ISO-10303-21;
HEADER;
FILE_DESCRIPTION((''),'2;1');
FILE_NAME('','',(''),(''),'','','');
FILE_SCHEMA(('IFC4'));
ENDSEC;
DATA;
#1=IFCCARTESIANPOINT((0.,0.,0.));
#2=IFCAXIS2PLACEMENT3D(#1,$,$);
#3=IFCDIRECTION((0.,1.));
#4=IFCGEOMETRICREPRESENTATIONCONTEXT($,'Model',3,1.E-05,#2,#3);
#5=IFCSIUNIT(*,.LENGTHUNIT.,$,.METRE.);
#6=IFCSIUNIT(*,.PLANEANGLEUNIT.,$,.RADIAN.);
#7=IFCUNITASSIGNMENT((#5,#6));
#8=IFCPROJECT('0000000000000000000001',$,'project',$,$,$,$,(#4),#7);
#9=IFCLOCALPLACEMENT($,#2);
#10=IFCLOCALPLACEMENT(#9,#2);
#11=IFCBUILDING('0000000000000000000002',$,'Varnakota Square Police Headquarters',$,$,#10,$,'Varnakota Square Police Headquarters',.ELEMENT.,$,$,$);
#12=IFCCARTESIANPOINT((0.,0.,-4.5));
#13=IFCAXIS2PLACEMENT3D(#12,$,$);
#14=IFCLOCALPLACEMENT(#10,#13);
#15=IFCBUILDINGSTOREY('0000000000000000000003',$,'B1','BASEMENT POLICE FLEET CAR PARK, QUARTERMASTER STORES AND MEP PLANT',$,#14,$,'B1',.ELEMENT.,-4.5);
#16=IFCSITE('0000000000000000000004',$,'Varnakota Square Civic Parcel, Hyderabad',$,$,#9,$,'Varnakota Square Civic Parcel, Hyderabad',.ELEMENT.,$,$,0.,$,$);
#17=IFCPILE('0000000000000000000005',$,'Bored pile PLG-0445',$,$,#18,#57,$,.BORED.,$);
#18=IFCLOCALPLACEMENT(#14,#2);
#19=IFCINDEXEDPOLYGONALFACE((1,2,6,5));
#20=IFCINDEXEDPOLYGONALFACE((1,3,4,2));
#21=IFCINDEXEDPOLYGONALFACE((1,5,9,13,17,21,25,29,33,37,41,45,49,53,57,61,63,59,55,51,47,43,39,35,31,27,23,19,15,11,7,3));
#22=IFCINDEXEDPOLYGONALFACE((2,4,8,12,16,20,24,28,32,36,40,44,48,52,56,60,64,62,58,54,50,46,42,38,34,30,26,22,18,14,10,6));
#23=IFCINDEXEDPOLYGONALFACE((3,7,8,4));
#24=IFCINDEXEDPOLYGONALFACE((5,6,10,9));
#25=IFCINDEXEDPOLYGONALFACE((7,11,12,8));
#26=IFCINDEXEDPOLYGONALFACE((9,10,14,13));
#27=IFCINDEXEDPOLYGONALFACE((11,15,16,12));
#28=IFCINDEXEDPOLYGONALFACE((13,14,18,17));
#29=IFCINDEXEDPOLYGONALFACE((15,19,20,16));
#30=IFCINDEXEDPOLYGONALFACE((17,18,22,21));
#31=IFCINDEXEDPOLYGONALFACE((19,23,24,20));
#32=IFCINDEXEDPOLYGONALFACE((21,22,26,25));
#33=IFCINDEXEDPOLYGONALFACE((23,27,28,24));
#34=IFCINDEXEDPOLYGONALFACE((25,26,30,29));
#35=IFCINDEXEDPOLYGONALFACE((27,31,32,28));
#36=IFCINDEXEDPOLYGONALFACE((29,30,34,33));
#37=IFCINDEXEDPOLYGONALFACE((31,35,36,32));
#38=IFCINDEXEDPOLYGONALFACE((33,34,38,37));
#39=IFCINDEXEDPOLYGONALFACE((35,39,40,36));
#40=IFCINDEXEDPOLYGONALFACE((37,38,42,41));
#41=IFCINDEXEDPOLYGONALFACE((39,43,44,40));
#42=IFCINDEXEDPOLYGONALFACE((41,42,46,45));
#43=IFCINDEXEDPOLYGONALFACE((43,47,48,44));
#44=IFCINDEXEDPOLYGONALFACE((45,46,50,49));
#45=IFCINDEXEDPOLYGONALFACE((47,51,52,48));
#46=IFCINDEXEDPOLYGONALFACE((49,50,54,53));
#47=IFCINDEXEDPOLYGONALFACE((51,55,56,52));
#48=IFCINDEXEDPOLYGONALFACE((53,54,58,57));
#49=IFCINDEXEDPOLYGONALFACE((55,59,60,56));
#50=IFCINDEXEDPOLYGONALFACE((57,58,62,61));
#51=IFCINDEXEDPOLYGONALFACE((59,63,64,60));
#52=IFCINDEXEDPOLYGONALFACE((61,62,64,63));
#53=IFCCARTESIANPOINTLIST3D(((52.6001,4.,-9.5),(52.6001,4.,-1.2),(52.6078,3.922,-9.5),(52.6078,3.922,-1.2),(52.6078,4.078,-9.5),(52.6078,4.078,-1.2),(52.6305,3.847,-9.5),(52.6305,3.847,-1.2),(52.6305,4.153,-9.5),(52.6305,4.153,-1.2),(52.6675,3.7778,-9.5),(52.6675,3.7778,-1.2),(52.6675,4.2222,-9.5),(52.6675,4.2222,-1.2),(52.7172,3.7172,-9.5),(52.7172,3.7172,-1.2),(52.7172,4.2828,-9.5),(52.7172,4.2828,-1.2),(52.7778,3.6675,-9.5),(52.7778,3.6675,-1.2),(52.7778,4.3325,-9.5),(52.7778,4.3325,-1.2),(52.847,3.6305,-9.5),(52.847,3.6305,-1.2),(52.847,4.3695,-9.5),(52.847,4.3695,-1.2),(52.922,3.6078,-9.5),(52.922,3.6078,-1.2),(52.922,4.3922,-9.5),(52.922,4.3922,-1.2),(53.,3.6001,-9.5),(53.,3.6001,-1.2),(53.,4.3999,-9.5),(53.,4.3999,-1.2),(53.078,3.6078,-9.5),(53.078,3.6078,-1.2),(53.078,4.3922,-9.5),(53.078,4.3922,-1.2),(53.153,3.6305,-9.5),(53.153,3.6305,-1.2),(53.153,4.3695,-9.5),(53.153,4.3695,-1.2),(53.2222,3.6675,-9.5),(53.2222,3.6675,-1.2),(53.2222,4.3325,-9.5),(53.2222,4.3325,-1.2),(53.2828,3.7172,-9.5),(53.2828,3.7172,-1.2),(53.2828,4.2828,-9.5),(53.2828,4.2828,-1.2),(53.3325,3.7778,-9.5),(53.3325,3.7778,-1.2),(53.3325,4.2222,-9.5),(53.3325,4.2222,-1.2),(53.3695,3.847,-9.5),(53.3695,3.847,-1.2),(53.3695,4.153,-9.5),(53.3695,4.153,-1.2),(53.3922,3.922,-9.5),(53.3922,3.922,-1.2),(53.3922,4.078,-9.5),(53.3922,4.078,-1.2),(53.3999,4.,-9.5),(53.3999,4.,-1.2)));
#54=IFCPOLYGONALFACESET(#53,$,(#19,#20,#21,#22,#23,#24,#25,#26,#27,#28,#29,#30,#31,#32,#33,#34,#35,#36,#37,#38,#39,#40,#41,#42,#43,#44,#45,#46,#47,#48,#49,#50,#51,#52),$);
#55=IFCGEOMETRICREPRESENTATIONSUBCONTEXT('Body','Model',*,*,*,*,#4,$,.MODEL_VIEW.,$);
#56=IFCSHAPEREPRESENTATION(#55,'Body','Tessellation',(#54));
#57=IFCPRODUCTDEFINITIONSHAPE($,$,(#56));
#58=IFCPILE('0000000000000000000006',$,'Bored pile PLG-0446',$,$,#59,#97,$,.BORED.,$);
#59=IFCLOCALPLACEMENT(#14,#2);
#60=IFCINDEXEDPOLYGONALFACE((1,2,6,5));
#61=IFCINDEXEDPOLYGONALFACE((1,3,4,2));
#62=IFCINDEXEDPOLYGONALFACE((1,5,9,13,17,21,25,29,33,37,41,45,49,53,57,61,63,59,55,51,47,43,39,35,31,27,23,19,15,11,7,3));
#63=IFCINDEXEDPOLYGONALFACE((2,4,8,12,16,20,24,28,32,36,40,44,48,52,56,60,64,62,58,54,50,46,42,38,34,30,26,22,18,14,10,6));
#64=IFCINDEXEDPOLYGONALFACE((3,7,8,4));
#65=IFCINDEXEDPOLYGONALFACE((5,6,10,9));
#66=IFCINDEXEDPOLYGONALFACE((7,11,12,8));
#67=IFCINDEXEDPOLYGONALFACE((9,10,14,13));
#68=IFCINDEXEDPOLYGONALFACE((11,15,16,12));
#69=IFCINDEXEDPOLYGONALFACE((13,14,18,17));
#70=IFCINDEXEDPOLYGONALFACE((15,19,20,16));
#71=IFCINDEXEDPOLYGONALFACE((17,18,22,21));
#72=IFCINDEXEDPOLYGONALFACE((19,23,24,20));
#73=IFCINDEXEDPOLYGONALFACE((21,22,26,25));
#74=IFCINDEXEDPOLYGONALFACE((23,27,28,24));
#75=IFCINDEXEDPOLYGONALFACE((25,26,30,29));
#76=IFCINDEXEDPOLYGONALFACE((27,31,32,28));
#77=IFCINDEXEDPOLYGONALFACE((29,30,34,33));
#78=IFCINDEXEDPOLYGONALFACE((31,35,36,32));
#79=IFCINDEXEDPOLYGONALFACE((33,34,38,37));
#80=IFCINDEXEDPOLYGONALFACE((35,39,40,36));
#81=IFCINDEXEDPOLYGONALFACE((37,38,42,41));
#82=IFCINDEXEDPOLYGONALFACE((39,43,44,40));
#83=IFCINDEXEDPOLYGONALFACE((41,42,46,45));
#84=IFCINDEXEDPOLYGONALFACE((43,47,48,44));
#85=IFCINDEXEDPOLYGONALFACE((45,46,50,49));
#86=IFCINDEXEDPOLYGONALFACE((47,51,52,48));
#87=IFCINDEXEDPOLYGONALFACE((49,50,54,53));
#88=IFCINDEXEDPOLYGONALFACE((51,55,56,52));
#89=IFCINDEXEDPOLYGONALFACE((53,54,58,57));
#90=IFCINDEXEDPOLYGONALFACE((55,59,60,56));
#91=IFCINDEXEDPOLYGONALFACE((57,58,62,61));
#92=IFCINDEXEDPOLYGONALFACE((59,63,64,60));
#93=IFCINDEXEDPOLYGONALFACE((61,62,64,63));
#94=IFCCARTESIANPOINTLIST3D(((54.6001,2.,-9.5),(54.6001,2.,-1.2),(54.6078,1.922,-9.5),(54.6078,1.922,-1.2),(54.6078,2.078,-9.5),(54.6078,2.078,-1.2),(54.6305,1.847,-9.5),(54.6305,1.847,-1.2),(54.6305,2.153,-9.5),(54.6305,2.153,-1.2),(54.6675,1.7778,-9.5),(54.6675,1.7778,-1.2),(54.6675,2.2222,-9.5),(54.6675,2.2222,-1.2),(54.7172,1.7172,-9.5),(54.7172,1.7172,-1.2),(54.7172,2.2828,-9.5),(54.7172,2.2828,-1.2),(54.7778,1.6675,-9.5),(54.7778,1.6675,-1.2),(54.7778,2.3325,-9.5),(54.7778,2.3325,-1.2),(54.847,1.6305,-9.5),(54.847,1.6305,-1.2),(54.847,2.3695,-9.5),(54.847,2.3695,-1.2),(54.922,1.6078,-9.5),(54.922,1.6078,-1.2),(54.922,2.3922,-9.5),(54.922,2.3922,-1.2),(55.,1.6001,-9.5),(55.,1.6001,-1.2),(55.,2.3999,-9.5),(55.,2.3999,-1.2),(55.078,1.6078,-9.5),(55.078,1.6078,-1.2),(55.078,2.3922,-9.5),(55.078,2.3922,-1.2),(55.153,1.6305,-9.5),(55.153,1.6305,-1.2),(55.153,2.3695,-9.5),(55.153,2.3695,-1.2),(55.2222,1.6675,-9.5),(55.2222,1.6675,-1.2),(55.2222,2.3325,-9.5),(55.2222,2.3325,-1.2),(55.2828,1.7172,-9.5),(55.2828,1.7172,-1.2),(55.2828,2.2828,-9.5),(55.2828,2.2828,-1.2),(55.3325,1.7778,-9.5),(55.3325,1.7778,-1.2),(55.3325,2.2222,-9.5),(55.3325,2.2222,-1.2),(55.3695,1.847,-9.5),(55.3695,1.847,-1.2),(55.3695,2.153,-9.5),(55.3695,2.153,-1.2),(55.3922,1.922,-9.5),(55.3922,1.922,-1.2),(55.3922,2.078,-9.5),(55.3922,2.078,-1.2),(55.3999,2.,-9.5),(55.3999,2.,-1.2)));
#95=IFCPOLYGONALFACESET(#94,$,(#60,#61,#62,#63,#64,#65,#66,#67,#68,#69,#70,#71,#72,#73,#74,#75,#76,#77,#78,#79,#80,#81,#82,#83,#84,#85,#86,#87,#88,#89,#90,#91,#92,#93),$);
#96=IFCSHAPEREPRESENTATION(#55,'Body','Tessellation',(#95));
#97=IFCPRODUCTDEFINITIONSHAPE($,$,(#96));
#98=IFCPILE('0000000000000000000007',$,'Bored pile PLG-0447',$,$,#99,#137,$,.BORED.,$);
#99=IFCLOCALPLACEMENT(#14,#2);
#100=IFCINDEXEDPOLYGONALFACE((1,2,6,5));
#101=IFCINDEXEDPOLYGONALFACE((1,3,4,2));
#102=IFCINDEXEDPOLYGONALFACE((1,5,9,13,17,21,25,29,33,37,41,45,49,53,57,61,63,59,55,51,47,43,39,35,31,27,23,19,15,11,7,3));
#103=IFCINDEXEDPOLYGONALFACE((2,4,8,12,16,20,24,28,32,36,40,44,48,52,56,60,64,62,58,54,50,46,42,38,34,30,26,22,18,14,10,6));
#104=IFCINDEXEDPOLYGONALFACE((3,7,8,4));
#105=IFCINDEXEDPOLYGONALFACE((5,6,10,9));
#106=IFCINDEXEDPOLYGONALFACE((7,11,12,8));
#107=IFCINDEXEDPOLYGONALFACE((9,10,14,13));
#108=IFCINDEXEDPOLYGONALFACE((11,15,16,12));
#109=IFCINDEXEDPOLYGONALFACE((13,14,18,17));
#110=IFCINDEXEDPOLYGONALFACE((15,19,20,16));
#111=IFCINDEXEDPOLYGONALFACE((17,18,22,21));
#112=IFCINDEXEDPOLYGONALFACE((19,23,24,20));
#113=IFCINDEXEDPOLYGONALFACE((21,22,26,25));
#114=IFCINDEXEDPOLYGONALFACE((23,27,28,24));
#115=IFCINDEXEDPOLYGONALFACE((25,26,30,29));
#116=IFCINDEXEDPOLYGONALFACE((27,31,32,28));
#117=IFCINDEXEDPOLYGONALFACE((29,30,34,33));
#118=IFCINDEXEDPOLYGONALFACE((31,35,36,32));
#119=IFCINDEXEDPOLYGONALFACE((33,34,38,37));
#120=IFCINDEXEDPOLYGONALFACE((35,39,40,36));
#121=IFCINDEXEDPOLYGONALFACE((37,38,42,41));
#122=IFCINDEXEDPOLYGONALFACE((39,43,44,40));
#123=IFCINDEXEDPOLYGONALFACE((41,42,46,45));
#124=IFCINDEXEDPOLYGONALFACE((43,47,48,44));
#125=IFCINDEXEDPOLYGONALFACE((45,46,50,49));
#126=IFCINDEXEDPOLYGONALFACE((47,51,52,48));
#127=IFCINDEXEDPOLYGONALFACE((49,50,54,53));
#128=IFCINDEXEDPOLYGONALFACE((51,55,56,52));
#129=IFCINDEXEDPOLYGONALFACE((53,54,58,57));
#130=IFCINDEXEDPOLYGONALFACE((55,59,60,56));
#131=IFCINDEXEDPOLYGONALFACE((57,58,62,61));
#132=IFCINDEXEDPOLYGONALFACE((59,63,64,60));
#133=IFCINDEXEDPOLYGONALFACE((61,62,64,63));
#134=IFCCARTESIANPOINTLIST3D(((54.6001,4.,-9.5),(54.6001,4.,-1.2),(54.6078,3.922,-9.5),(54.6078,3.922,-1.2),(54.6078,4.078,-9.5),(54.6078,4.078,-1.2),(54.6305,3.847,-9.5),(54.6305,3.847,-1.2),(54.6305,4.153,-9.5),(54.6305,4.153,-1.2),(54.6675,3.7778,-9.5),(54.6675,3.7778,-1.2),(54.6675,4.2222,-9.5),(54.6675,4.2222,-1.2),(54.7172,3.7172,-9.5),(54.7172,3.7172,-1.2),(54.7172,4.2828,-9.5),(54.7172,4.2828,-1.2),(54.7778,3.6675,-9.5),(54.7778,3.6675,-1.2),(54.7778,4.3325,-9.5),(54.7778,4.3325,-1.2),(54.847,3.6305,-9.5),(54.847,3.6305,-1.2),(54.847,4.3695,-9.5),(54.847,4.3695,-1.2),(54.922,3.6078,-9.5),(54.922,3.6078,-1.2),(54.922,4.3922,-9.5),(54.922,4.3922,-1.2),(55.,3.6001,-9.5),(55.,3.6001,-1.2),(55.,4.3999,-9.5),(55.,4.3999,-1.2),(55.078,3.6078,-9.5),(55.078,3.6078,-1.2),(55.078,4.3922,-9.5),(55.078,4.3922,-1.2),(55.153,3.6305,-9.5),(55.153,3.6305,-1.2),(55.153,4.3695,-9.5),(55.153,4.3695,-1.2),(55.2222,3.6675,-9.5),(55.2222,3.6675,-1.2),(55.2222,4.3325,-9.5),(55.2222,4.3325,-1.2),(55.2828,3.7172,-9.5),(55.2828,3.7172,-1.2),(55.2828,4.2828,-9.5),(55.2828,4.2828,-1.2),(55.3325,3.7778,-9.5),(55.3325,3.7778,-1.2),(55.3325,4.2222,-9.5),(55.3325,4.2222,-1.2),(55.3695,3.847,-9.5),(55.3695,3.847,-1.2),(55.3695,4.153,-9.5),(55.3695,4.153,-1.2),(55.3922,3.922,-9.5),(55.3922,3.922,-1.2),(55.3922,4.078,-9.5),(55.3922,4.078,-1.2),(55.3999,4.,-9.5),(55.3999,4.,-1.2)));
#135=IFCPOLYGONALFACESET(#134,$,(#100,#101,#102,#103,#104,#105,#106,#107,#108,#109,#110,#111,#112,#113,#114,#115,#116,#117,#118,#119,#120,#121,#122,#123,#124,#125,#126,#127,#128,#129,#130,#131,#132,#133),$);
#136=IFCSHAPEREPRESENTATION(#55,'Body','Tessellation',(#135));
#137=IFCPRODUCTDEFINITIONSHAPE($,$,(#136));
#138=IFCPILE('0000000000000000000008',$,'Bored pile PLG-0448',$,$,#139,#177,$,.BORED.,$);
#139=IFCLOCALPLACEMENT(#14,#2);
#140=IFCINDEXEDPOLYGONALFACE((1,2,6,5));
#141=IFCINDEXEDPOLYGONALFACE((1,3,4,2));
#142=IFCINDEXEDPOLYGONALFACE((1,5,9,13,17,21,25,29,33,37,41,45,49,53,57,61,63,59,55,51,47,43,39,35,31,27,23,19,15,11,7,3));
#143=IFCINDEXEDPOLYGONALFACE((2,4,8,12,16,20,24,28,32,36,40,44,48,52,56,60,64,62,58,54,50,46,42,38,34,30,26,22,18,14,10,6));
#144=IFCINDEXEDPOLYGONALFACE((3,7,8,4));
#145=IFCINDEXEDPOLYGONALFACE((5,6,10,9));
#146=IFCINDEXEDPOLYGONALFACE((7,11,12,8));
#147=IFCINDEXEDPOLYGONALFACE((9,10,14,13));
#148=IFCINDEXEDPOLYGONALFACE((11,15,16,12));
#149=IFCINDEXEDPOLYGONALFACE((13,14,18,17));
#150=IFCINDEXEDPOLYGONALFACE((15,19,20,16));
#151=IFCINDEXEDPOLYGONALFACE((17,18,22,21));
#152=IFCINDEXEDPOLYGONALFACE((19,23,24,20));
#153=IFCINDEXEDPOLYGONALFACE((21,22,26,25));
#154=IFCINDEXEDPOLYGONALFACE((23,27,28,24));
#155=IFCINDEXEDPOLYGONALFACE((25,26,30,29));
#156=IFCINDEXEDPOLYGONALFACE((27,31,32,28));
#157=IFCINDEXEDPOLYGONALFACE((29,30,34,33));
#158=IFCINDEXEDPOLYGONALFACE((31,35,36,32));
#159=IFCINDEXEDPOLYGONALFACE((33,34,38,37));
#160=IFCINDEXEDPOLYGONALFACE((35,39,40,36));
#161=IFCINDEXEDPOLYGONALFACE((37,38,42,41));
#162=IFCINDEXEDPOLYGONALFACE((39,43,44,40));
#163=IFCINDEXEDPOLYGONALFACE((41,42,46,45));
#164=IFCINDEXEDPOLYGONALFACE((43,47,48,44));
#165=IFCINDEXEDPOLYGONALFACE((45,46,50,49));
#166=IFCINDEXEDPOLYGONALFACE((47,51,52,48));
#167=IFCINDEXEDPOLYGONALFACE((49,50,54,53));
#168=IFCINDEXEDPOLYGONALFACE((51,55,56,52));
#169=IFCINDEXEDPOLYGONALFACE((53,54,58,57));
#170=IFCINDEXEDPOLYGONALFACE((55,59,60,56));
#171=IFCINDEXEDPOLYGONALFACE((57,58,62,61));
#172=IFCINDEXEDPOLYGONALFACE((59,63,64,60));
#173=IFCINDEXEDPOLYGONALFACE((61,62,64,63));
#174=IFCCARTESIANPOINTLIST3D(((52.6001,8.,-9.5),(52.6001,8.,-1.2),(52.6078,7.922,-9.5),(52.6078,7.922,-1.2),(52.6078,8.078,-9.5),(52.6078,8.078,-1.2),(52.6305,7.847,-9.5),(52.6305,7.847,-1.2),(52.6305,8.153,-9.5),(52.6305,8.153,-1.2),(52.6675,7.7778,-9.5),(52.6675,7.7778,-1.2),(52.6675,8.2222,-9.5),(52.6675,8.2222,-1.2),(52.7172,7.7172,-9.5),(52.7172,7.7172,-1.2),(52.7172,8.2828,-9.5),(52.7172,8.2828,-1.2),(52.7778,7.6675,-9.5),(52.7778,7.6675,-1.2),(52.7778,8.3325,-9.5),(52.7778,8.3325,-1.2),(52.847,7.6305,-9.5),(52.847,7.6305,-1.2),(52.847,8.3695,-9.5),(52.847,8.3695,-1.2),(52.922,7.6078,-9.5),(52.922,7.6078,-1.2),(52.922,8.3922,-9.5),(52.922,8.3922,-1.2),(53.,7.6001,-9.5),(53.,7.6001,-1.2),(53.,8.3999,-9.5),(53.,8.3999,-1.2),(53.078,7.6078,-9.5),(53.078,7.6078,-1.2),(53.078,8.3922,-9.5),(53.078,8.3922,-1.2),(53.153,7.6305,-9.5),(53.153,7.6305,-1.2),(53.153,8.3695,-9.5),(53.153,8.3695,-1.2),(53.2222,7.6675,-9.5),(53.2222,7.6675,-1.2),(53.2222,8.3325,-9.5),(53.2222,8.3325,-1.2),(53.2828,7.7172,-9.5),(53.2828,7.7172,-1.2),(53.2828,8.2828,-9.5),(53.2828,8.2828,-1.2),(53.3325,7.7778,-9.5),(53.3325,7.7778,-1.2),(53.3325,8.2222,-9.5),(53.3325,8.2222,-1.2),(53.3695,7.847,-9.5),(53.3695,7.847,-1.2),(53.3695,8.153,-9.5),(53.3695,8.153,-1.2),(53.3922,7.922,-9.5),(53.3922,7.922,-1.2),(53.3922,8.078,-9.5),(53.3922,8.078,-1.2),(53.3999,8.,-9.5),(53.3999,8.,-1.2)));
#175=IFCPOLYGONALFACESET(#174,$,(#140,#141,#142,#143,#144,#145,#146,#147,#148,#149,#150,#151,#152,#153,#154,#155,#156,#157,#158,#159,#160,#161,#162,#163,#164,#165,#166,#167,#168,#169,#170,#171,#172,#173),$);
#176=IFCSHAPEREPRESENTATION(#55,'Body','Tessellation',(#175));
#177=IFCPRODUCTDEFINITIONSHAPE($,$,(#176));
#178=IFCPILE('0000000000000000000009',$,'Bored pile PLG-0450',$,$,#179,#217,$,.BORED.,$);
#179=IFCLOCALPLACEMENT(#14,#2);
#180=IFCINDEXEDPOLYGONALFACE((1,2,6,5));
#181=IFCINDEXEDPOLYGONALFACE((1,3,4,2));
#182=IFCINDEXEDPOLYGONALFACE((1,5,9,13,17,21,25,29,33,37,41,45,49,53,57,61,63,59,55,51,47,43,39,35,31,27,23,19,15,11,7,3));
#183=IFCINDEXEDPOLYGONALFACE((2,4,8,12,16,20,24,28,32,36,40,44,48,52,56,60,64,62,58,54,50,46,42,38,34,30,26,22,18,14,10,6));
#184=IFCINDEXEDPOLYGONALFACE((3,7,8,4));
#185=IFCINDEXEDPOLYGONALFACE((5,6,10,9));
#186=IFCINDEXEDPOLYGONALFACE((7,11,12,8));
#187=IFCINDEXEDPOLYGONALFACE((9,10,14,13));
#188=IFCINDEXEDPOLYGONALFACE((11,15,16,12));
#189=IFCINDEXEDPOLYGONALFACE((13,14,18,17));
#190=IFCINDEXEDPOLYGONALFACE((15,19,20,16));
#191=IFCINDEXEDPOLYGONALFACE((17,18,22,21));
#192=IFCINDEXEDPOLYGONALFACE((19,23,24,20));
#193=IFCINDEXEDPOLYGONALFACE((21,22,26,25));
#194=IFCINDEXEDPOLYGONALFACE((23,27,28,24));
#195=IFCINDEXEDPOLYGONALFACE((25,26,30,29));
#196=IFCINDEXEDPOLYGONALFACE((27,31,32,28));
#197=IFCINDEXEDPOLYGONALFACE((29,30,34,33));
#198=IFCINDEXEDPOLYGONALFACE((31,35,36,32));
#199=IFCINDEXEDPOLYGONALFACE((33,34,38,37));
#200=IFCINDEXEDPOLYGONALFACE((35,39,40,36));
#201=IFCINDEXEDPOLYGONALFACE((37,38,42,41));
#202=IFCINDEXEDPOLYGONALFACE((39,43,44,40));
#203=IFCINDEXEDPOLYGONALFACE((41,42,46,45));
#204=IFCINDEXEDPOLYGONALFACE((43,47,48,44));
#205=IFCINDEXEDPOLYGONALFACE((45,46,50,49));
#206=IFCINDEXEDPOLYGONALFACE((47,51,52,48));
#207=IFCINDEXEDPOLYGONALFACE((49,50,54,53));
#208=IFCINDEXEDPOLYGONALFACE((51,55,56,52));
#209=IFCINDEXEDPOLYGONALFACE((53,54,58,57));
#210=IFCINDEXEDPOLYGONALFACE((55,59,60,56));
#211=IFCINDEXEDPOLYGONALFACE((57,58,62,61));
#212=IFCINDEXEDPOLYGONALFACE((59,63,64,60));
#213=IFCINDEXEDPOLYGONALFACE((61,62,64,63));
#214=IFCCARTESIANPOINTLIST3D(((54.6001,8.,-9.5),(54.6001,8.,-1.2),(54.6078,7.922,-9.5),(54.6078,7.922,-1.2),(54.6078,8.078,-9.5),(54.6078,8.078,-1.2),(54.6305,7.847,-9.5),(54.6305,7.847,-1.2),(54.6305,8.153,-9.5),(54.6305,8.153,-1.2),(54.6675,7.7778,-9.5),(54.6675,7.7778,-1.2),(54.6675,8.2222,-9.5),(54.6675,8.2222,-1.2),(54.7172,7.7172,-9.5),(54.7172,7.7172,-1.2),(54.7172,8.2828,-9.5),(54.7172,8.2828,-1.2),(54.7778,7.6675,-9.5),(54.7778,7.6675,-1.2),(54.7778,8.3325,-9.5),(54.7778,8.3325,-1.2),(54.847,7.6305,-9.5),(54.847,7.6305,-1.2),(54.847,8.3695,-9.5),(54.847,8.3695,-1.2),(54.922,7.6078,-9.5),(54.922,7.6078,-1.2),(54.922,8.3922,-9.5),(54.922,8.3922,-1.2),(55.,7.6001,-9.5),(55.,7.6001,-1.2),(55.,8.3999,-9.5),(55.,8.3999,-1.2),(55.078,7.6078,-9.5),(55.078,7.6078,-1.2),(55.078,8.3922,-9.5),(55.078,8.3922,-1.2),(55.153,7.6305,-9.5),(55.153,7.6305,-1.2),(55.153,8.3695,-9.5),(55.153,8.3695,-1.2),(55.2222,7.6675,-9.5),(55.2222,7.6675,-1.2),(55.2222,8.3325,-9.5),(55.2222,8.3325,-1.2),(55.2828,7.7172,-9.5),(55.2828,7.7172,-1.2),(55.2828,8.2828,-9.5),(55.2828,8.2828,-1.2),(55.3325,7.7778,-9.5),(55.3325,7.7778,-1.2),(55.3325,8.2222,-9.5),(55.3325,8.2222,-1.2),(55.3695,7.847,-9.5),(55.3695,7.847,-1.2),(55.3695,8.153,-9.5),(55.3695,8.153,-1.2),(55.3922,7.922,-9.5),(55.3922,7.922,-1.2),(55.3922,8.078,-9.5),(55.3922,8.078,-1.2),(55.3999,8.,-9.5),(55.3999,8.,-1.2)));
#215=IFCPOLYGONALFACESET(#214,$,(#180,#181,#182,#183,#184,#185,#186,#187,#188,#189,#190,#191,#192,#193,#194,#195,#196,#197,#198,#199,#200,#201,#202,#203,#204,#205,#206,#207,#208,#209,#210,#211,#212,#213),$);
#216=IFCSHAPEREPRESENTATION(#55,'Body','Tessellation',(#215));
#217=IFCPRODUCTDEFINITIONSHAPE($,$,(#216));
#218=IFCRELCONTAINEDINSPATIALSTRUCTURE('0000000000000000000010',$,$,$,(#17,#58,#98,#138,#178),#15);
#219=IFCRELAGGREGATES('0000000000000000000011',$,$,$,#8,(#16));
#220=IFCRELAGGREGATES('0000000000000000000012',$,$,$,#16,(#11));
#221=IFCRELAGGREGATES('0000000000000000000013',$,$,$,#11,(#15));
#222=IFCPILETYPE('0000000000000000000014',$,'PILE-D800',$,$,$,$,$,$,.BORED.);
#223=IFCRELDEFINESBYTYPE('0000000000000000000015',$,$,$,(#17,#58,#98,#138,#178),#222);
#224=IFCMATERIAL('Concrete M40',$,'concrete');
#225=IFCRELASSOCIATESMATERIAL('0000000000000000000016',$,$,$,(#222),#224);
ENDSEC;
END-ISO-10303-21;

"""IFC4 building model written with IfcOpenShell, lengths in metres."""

from ifc_helpers import new_model, si_unit, direction, frame, origin, origin_2d, place, context, subcontext, project, spatial, circle, extrude, material, material_profile, profile_set, type_object, element, save


model = new_model("IFC4")

# Units and contexts
model_context = context("Model", 3, precision=1e-05, world=origin(), true_north=direction((0.0, 1.0)))
body_context = subcontext(model_context, "Body", "Model", "MODEL_VIEW")
ifc_project = project(units=[si_unit("LENGTHUNIT", "METRE"), si_unit("PLANEANGLEUNIT", "RADIAN")], contexts=[model_context])

# Site, building, storey
site_placement = place(None, origin())
site = spatial("IfcSite", under=ifc_project, at=site_placement, Name="Varnakota Square Civic Parcel, Hyderabad", LongName="Varnakota Square Civic Parcel, Hyderabad", CompositionType="ELEMENT", RefElevation=0.0)
building_placement = place(site_placement, origin())
building = spatial("IfcBuilding", under=site, at=building_placement, Name="Varnakota Square Police Headquarters", LongName="Varnakota Square Police Headquarters", CompositionType="ELEMENT")
storey_placement = place(building_placement, frame((0.0, 0.0, -4.5)))
storey = spatial("IfcBuildingStorey", under=building, at=storey_placement, Name="B1", Description="BASEMENT POLICE FLEET CAR PARK, QUARTERMASTER STORES AND MEP PLANT", LongName="B1", CompositionType="ELEMENT", Elevation=-4.5)

# Shared definitions
ifc_material_1 = material(Name="Concrete M40", Category="concrete")

# Piles
ifc_material_profile_1 = material_profile(ifc_material_1, circle(Radius=0.3999, at=origin_2d()), Name="BORED PILE 800")
ifc_profile_set_1 = profile_set([ifc_material_profile_1], Name="Concrete M40")
pile_type = type_object("IfcPileType", Name="PILE-D800", PredefinedType="BORED", material=ifc_profile_set_1)
for number, where, z_axis, x_axis, name in (
    (1, (53.0, 4.0, -1.2), (0.0, 0.0, -1.0), (1.0, 0.0, 0.0), "Bored pile PLG-0445"),
    (2, (55.0, 2.0, -1.2), (0.0, 0.0, -1.0), (1.0, 0.0, 0.0), "Bored pile PLG-0446"),
    (3, (55.0, 4.0, -1.2), (0.0, 0.0, -1.0), (1.0, 0.0, 0.0), "Bored pile PLG-0447"),
    (4, (53.0, 8.0, -1.2), (0.0, 0.0, -1.0), (1.0, 0.0, 0.0), "Bored pile PLG-0448"),
    (5, (55.0, 8.0, -1.2), (0.0, 0.0, -1.0), (1.0, 0.0, 0.0), "Bored pile PLG-0450"),
):
    element("IfcPile", number, at=place(storey_placement, frame(where, z_axis=z_axis, x_axis=x_axis)), inside=storey, type_object=pile_type, Name=name, PredefinedType="BORED", context=body_context, shape_type="SweptSolid", body=[
        extrude(circle(Radius=0.3999, at=origin_2d()), origin(), (0.0, 0.0, 1.0), 8.3),
    ])

save(model, "model.ifc")
